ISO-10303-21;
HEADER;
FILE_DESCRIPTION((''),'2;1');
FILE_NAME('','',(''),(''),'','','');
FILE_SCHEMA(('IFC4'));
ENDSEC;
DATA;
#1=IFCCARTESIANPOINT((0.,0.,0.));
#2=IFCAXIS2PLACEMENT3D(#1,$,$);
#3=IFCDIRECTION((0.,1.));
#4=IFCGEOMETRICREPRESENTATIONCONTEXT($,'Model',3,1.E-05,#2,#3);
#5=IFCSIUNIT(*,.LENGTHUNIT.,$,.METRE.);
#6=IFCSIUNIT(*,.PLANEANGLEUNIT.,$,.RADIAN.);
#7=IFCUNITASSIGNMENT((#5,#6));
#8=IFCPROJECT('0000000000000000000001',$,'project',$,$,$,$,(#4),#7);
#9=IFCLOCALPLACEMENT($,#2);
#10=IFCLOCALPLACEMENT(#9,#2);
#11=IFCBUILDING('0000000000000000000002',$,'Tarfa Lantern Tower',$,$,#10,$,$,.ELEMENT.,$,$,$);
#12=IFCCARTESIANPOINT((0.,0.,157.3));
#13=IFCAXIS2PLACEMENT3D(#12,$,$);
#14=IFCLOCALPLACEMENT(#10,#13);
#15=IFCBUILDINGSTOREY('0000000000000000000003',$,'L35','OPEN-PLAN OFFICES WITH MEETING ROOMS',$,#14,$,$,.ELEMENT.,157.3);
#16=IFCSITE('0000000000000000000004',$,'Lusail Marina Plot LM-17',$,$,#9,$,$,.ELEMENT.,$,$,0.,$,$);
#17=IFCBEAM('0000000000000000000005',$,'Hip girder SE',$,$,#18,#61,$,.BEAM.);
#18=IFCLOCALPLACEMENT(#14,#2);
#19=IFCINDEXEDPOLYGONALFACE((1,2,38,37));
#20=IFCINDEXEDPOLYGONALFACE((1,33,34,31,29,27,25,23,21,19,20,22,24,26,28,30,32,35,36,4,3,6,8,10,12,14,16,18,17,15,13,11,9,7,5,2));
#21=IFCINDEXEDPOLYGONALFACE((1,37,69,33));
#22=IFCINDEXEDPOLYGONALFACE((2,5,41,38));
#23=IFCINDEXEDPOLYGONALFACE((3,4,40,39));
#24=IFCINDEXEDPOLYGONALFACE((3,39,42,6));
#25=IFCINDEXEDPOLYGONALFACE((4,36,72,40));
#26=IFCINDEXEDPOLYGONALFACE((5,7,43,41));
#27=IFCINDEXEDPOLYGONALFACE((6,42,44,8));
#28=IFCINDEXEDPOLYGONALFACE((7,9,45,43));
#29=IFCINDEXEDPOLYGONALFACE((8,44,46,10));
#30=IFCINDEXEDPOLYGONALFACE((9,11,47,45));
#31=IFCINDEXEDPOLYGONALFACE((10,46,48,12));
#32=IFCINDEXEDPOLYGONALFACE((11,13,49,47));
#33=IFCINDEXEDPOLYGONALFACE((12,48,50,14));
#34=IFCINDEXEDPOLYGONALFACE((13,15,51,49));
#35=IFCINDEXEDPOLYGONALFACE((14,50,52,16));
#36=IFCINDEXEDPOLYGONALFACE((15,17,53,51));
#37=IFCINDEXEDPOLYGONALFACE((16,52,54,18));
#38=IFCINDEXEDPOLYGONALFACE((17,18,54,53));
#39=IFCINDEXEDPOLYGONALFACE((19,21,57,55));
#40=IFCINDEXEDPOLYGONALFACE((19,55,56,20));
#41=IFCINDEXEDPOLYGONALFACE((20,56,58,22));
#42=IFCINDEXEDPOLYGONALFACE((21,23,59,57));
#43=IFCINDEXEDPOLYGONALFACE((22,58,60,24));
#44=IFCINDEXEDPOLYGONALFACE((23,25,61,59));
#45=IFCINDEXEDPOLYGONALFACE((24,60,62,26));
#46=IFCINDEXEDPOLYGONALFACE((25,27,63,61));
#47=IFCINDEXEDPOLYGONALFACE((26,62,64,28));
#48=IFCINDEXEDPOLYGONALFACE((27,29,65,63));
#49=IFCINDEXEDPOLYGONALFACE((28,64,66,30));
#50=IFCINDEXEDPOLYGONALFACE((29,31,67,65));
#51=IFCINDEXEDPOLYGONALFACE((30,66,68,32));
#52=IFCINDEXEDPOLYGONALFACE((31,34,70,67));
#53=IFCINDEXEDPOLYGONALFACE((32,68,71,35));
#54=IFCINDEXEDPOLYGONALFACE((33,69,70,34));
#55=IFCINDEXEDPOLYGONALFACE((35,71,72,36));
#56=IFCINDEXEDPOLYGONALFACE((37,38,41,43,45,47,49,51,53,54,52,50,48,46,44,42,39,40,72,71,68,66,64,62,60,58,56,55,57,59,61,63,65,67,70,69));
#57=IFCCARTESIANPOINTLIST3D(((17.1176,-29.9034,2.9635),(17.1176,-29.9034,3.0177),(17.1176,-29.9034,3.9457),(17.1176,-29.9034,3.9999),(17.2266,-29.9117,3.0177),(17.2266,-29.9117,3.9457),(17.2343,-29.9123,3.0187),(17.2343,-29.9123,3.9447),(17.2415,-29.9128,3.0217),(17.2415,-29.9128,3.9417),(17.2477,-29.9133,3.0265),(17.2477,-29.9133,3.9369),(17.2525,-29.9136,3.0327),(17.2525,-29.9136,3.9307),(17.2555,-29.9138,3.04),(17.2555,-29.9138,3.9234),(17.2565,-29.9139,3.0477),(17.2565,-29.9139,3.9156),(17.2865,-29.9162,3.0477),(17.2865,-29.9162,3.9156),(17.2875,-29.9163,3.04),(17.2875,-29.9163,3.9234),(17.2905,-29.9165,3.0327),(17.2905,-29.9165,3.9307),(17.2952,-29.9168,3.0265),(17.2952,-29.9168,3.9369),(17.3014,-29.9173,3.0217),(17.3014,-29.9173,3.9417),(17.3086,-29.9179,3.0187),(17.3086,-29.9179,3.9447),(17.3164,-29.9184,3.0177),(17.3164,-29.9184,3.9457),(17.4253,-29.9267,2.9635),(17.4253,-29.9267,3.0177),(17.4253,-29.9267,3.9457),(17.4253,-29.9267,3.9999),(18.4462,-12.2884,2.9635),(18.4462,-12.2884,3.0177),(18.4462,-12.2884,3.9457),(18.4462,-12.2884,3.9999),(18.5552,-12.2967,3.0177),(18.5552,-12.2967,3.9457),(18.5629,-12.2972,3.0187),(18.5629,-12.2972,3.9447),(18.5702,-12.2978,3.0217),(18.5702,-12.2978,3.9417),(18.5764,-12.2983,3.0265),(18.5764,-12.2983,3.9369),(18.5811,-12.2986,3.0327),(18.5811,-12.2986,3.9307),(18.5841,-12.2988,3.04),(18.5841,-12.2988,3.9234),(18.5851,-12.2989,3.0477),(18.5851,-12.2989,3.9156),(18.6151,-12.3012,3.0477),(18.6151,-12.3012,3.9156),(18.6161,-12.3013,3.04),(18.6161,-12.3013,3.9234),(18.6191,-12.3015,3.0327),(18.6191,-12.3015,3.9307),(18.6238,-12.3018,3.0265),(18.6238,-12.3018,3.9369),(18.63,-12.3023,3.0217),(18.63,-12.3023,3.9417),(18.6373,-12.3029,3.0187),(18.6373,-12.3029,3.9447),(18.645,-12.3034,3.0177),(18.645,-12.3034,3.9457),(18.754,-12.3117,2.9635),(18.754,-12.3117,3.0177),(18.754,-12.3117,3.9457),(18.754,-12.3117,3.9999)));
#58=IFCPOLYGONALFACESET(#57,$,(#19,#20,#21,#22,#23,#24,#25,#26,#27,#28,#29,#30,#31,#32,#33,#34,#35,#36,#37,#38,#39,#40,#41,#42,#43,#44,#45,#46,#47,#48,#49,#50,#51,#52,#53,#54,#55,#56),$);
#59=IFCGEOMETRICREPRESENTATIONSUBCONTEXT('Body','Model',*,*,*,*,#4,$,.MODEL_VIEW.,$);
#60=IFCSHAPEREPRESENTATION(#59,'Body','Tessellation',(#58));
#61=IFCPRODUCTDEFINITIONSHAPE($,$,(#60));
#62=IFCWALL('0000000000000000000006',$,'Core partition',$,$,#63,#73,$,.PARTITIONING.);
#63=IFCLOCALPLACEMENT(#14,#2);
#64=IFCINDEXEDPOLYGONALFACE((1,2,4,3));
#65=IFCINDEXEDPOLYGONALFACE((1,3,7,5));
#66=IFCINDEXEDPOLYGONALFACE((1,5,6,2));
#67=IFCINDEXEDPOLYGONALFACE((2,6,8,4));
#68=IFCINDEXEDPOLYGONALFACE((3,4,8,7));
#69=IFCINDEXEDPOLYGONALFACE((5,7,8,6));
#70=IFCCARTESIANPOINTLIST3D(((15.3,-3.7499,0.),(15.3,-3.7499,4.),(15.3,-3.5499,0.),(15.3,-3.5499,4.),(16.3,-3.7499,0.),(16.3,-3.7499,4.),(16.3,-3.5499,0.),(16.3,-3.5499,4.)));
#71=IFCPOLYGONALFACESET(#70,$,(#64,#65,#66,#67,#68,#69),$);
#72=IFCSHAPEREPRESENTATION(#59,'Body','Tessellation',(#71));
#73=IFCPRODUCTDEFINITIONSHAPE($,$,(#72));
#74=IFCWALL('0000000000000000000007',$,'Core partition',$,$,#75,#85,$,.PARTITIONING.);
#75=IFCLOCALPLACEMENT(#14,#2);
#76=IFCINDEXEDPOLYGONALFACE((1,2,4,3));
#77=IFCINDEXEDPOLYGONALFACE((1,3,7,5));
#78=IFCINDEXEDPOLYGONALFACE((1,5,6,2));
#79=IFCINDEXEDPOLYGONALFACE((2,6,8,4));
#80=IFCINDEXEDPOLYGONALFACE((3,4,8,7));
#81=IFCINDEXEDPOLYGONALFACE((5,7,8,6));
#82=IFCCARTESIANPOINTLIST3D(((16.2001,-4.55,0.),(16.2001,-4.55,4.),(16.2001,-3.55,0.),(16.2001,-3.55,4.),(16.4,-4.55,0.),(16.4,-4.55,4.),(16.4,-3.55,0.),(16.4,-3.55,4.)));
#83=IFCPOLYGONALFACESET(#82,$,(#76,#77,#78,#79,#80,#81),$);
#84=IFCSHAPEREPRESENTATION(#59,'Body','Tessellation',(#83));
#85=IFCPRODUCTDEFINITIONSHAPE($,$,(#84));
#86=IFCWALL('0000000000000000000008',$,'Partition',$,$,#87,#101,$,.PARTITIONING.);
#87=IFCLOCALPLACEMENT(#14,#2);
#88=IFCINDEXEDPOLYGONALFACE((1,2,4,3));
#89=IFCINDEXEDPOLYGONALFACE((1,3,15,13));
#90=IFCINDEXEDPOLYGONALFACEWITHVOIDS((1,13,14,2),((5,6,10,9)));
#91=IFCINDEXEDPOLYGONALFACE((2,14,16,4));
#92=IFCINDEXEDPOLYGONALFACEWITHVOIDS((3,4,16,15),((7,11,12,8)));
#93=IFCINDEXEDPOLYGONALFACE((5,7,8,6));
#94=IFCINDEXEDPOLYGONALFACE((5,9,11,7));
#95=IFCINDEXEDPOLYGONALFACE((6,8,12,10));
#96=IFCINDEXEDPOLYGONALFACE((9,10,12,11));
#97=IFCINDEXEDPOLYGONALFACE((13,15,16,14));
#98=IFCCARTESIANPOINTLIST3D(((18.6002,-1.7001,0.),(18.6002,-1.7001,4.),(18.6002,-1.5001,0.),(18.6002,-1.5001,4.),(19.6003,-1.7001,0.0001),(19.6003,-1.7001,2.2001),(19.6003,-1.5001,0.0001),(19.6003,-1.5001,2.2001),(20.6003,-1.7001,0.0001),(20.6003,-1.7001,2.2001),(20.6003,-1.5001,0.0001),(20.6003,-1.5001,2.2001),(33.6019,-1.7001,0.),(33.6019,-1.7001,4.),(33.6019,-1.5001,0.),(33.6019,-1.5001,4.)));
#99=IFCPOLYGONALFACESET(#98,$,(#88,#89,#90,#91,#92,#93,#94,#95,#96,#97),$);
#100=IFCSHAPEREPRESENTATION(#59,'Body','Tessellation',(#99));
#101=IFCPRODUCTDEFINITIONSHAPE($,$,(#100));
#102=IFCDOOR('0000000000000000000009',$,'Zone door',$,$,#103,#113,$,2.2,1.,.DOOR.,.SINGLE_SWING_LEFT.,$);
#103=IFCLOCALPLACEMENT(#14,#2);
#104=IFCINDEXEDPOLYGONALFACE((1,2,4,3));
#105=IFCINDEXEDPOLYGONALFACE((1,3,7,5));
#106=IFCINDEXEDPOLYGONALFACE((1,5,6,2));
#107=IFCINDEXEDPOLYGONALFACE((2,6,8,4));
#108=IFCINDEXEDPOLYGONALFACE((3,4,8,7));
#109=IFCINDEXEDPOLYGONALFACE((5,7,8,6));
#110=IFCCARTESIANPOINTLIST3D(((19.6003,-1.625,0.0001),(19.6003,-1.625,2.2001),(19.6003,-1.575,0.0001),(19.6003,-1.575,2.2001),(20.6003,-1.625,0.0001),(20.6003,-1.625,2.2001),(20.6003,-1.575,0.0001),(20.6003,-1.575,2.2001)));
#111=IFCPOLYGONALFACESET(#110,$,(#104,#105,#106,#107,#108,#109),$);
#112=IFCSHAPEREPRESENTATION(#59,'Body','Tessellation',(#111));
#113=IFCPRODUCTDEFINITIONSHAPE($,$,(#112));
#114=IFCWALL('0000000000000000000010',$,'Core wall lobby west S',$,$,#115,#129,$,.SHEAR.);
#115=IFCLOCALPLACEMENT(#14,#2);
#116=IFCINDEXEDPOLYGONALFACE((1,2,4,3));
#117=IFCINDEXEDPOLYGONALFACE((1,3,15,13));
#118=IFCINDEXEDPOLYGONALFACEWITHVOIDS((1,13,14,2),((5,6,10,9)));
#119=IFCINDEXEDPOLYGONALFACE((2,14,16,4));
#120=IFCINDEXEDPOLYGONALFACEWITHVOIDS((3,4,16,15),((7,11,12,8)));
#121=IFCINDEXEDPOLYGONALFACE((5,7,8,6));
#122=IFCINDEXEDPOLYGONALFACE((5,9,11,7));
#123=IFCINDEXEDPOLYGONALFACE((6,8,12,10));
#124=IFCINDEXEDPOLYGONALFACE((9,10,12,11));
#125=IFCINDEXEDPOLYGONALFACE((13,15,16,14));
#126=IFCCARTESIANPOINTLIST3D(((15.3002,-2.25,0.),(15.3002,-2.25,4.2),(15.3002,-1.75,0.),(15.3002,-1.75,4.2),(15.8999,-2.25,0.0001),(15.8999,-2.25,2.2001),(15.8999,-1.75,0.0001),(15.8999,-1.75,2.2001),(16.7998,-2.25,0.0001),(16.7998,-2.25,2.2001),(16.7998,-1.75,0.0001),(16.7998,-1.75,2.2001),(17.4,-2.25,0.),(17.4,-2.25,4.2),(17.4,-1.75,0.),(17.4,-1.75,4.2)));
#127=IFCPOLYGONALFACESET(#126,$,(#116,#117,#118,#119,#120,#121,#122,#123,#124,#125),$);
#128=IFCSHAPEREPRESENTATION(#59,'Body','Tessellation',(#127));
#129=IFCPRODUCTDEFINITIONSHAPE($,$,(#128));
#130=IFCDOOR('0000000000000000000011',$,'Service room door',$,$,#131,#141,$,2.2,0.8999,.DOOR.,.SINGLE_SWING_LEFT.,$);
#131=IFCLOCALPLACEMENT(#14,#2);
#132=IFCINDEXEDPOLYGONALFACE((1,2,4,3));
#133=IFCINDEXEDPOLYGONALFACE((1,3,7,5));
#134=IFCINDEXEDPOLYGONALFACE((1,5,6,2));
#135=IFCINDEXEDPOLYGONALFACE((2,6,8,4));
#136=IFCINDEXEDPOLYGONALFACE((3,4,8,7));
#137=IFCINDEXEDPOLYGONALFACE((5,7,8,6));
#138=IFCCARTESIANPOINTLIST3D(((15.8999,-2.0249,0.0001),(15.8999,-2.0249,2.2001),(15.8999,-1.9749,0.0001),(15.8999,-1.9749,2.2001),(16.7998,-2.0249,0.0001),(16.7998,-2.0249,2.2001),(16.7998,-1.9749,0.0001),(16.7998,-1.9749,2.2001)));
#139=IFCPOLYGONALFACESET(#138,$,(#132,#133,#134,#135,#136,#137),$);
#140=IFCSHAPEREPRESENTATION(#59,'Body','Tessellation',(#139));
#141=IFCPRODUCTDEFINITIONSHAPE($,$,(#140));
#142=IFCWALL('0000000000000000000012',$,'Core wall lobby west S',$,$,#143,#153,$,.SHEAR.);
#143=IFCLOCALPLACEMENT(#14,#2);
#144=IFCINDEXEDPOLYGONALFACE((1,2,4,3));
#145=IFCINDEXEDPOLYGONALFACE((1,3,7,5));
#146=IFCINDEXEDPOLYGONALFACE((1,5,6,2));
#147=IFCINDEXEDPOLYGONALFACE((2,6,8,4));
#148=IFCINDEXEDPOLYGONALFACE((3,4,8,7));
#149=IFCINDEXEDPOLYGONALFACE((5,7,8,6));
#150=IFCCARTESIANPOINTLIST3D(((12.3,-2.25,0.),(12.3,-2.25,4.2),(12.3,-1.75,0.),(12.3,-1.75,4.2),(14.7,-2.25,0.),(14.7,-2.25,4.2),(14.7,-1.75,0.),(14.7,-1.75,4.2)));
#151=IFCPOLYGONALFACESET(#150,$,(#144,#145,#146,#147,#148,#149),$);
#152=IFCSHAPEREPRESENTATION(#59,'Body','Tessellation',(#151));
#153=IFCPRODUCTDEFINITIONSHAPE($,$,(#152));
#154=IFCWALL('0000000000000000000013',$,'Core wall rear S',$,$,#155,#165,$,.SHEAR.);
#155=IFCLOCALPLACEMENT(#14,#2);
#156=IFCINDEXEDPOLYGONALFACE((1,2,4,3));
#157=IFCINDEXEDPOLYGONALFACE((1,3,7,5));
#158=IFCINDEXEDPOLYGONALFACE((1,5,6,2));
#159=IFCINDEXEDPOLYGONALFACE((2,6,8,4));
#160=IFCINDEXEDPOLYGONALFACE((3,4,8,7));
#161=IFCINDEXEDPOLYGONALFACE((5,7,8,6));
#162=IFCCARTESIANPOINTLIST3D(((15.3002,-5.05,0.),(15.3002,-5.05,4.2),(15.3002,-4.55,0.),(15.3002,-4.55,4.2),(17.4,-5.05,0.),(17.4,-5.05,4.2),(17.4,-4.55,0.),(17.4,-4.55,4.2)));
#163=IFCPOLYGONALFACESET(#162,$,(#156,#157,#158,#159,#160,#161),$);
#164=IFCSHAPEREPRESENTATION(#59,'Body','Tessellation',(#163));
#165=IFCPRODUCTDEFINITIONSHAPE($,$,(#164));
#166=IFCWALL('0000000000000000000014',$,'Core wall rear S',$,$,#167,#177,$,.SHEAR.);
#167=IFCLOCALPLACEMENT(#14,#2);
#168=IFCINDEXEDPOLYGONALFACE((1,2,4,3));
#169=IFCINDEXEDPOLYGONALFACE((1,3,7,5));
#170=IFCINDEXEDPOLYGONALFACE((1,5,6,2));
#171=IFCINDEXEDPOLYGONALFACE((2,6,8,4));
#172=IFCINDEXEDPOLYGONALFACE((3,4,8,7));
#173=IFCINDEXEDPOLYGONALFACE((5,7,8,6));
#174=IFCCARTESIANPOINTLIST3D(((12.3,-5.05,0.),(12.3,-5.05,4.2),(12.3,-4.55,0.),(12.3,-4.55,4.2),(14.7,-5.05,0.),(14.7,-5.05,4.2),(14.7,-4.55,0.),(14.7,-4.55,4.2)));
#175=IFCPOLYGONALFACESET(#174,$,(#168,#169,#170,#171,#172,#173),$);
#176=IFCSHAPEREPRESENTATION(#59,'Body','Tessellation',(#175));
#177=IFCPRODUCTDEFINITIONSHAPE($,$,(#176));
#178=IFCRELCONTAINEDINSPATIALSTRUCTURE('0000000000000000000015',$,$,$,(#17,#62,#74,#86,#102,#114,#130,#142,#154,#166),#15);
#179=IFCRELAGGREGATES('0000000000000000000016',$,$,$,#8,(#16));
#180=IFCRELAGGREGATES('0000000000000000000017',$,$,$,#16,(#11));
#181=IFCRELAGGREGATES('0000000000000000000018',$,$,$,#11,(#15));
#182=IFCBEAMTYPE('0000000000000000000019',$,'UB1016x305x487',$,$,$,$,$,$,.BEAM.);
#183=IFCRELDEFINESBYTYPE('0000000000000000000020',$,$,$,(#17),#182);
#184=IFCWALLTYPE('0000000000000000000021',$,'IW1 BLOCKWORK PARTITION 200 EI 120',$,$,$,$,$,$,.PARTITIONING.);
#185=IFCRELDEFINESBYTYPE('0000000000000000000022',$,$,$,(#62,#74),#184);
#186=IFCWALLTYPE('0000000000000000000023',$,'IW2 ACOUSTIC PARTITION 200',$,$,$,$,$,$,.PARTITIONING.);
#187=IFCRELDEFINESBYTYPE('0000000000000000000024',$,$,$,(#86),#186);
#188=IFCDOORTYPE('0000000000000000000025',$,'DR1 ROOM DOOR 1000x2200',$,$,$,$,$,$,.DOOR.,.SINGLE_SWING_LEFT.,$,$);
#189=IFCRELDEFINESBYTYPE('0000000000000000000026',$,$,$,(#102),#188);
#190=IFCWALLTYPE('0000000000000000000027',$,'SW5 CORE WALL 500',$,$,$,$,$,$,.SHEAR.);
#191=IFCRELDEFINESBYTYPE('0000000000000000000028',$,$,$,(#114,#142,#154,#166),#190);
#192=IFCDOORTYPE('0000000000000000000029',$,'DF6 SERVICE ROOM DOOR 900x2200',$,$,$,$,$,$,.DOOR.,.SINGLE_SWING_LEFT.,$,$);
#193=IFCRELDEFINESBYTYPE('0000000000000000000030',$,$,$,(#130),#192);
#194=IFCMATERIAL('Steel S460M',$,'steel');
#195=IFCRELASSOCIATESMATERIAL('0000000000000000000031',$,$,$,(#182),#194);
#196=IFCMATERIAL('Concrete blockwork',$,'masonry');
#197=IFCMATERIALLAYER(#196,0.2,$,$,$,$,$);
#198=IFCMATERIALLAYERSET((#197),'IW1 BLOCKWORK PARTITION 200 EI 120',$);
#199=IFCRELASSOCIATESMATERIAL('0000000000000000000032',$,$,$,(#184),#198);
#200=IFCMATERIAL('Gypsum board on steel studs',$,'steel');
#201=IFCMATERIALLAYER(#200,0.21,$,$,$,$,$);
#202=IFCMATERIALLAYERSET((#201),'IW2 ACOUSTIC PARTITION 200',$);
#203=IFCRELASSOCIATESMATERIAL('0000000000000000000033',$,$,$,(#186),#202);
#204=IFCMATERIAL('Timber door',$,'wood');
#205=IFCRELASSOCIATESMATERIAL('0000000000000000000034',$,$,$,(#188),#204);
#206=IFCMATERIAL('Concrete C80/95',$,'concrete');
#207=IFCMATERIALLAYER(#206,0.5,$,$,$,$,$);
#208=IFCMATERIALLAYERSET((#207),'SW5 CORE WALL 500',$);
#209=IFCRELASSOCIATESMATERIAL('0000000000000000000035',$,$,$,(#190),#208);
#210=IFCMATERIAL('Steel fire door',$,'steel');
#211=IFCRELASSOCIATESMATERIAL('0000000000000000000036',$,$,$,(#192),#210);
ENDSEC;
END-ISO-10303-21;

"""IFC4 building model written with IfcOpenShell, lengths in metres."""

from ifc_helpers import new_model, si_unit, direction, frame, frame_2d, origin, origin_2d, place, context, subcontext, project, spatial, rectangle, i_section, extrude, material, layer, layer_set, material_profile, profile_set, type_object, element, fill, save


model = new_model("IFC4")

# Units and contexts
model_context = context("Model", 3, precision=1e-05, world=origin(), true_north=direction((0.0, 1.0)))
body_context = subcontext(model_context, "Body", "Model", "MODEL_VIEW")
ifc_project = project(units=[si_unit("LENGTHUNIT", "METRE"), si_unit("PLANEANGLEUNIT", "RADIAN")], contexts=[model_context])

# Site, building, storey
site_placement = place(None, origin())
site = spatial("IfcSite", under=ifc_project, at=site_placement, Name="Lusail Marina Plot LM-17", CompositionType="ELEMENT", RefElevation=0.0)
building_placement = place(site_placement, origin())
building = spatial("IfcBuilding", under=site, at=building_placement, Name="Tarfa Lantern Tower", CompositionType="ELEMENT")
storey_placement = place(building_placement, frame((0.0, 0.0, 157.3)))
storey = spatial("IfcBuildingStorey", under=building, at=storey_placement, Name="L35", Description="OPEN-PLAN OFFICES WITH MEETING ROOMS", CompositionType="ELEMENT", Elevation=157.3)

# Beam
ifc_material_1 = material(Name="Steel S460M", Category="steel")
ifc_material_profile = material_profile(ifc_material_1, i_section(OverallWidth=0.3086, OverallDepth=1.0364, WebThickness=0.03, FlangeThickness=0.0542, FilletRadius=0.03, at=origin_2d()), Name="UB1016x305x487")
ifc_profile_set = profile_set([ifc_material_profile], Name="Steel S460M")
beam_type = type_object("IfcBeamType", Name="UB1016x305x487", PredefinedType="BEAM", material=ifc_profile_set)
beam_placement = place(storey_placement, frame((18.6001, -12.3, 3.4817), z_axis=(-0.075212, -0.997168, 0.0), x_axis=(0.997168, -0.075212, 0.0)))
element("IfcBeam", 1, at=beam_placement, inside=storey, type_object=beam_type, Name="Hip girder SE", PredefinedType="BEAM", context=body_context, shape_type="SweptSolid", body=[
    extrude(i_section(OverallWidth=0.3086, OverallDepth=1.0364, WebThickness=0.03, FlangeThickness=0.0542, FilletRadius=0.03, at=origin_2d()), origin(), (0.0, 0.0, 1.0), 17.665),
])

# Walls
ifc_material_2 = material(Name="Concrete blockwork", Category="masonry")
ifc_layer_1 = layer(ifc_material_2, 0.2)
ifc_layer_set_1 = layer_set([ifc_layer_1], Name="IW1 BLOCKWORK PARTITION 200 EI 120")
wall_type_1 = type_object("IfcWallType", Name="IW1 BLOCKWORK PARTITION 200 EI 120", PredefinedType="PARTITIONING", material=ifc_layer_set_1)
for number, where, z_axis, x_axis, name in (
    (2, (16.3, -3.6499, 0.0), (0.0, 0.0, 1.0), (-1.0, 0.0, 0.0), "Core partition"),
    (3, (16.3, -3.55, 0.0), (0.0, 0.0, 1.0), (0.0, -1.0, 0.0), "Core partition"),
):
    element("IfcWall", number, at=place(storey_placement, frame(where, z_axis=z_axis, x_axis=x_axis)), inside=storey, type_object=wall_type_1, Name=name, PredefinedType="PARTITIONING", context=body_context, shape_type="SweptSolid", body=[
        extrude(rectangle(XDim=1.0, YDim=0.2, at=frame_2d((0.5, 0.0))), origin(), (0.0, 0.0, 1.0), 4.0),
    ])

# Walls, openings, doors
ifc_material_3 = material(Name="Gypsum board on steel studs", Category="steel")
ifc_layer_2 = layer(ifc_material_3, 0.21)
ifc_layer_set_2 = layer_set([ifc_layer_2], Name="IW2 ACOUSTIC PARTITION 200")
wall_type_2 = type_object("IfcWallType", Name="IW2 ACOUSTIC PARTITION 200", PredefinedType="PARTITIONING", material=ifc_layer_set_2)
wall_1_placement = place(storey_placement, frame((18.6001, -1.6001, 0.0), z_axis=(0.0, 0.0, 1.0), x_axis=(1.0, 0.0, 0.0)))
wall_1 = element("IfcWall", 4, at=wall_1_placement, inside=storey, type_object=wall_type_2, Name="Partition", PredefinedType="PARTITIONING", context=body_context, shape_type="SweptSolid", body=[
    extrude(rectangle(XDim=15.0017, YDim=0.2, at=frame_2d((7.501, 0.0))), origin(), (0.0, 0.0, 1.0), 4.0),
])
opening_1_placement = place(wall_1_placement, frame((1.0002, 0.0, 0.0)))
opening_1 = element("IfcOpeningElement", 5, at=opening_1_placement, cuts=wall_1, PredefinedType="OPENING", context=body_context, shape_type="SweptSolid", body=[
    extrude(rectangle(XDim=1.0, YDim=2.2, at=frame_2d((0.5, 1.1001))), frame((0.0, 0.1099, 0.0), z_axis=(0.0, -1.0, 0.0), x_axis=(1.0, 0.0, 0.0)), (0.0, 0.0, 1.0), 0.22),
])
ifc_material_4 = material(Name="Timber door", Category="wood")
door_type_1 = type_object("IfcDoorType", Name="DR1 ROOM DOOR 1000x2200", OperationType="SINGLE_SWING_LEFT", PredefinedType="DOOR", material=ifc_material_4)
door_1_placement = place(opening_1_placement, frame((1.0, 0.0, 0.0), z_axis=(0.0, 0.0, 1.0), x_axis=(-1.0, 0.0, 0.0)))
door_1 = element("IfcDoor", 6, at=door_1_placement, inside=storey, type_object=door_type_1, Name="Zone door", OperationType="SINGLE_SWING_LEFT", OverallHeight=2.2, OverallWidth=1.0, PredefinedType="DOOR", context=body_context, shape_type="SweptSolid", body=[
    extrude(rectangle(XDim=1.0, YDim=2.2, at=frame_2d((0.5, 1.1001))), frame((0.0, 0.0249, 0.0), z_axis=(0.0, -1.0, 0.0), x_axis=(1.0, 0.0, 0.0)), (0.0, 0.0, 1.0), 0.05),
])
fill(opening_1, door_1)
ifc_material_5 = material(Name="Concrete C80/95", Category="concrete")
ifc_material_6 = material(Name="Steel fire door", Category="steel")
ifc_layer_3 = layer(ifc_material_5, 0.5)
ifc_layer_set_3 = layer_set([ifc_layer_3], Name="SW5 CORE WALL 500")
wall_type_3 = type_object("IfcWallType", Name="SW5 CORE WALL 500", PredefinedType="SHEAR", material=ifc_layer_set_3)
wall_2_placement = place(storey_placement, frame((17.3999, -2.0, 0.0), z_axis=(0.0, 0.0, 1.0), x_axis=(-1.0, 0.0, 0.0)))
wall_2 = element("IfcWall", 7, at=wall_2_placement, inside=storey, type_object=wall_type_3, Name="Core wall lobby west S", PredefinedType="SHEAR", context=body_context, shape_type="SweptSolid", body=[
    extrude(rectangle(XDim=2.0999, YDim=0.5, at=frame_2d((1.0498, 0.0))), origin(), (0.0, 0.0, 1.0), 4.2),
])
opening_2_placement = place(wall_2_placement, frame((0.6001, 0.0, 0.0)))
opening_2 = element("IfcOpeningElement", 8, at=opening_2_placement, cuts=wall_2, PredefinedType="OPENING", context=body_context, shape_type="SweptSolid", body=[
    extrude(rectangle(XDim=0.8999, YDim=2.2, at=frame_2d((0.45, 1.1001))), frame((0.0, 0.26, 0.0), z_axis=(0.0, -1.0, 0.0), x_axis=(1.0, 0.0, 0.0)), (0.0, 0.0, 1.0), 0.52),
])
door_type_2 = type_object("IfcDoorType", Name="DF6 SERVICE ROOM DOOR 900x2200", OperationType="SINGLE_SWING_LEFT", PredefinedType="DOOR", material=ifc_material_6)
door_2_placement = place(opening_2_placement, origin())
door_2 = element("IfcDoor", 9, at=door_2_placement, inside=storey, type_object=door_type_2, Name="Service room door", OperationType="SINGLE_SWING_LEFT", OverallHeight=2.2, OverallWidth=0.8999, PredefinedType="DOOR", context=body_context, shape_type="SweptSolid", body=[
    extrude(rectangle(XDim=0.8999, YDim=2.2, at=frame_2d((0.45, 1.1001))), frame((0.0, 0.0249, 0.0), z_axis=(0.0, -1.0, 0.0), x_axis=(1.0, 0.0, 0.0)), (0.0, 0.0, 1.0), 0.05),
])
fill(opening_2, door_2)

# Walls
wall_3_placement = place(storey_placement, frame((14.7, -2.0, 0.0), z_axis=(0.0, 0.0, 1.0), x_axis=(-1.0, 0.0, 0.0)))
element("IfcWall", 10, at=wall_3_placement, inside=storey, type_object=wall_type_3, Name="Core wall lobby west S", PredefinedType="SHEAR", context=body_context, shape_type="SweptSolid", body=[
    extrude(rectangle(XDim=2.3999, YDim=0.5, at=frame_2d((1.2, 0.0))), origin(), (0.0, 0.0, 1.0), 4.2),
])
wall_4_placement = place(storey_placement, frame((17.3999, -4.8, 0.0), z_axis=(0.0, 0.0, 1.0), x_axis=(-1.0, 0.0, 0.0)))
element("IfcWall", 11, at=wall_4_placement, inside=storey, type_object=wall_type_3, Name="Core wall rear S", PredefinedType="SHEAR", context=body_context, shape_type="SweptSolid", body=[
    extrude(rectangle(XDim=2.0999, YDim=0.5, at=frame_2d((1.0498, 0.0))), origin(), (0.0, 0.0, 1.0), 4.2),
])
wall_5_placement = place(storey_placement, frame((14.7, -4.8, 0.0), z_axis=(0.0, 0.0, 1.0), x_axis=(-1.0, 0.0, 0.0)))
element("IfcWall", 12, at=wall_5_placement, inside=storey, type_object=wall_type_3, Name="Core wall rear S", PredefinedType="SHEAR", context=body_context, shape_type="SweptSolid", body=[
    extrude(rectangle(XDim=2.3999, YDim=0.5, at=frame_2d((1.2, 0.0))), origin(), (0.0, 0.0, 1.0), 4.2),
])

save(model, "model.ifc")
